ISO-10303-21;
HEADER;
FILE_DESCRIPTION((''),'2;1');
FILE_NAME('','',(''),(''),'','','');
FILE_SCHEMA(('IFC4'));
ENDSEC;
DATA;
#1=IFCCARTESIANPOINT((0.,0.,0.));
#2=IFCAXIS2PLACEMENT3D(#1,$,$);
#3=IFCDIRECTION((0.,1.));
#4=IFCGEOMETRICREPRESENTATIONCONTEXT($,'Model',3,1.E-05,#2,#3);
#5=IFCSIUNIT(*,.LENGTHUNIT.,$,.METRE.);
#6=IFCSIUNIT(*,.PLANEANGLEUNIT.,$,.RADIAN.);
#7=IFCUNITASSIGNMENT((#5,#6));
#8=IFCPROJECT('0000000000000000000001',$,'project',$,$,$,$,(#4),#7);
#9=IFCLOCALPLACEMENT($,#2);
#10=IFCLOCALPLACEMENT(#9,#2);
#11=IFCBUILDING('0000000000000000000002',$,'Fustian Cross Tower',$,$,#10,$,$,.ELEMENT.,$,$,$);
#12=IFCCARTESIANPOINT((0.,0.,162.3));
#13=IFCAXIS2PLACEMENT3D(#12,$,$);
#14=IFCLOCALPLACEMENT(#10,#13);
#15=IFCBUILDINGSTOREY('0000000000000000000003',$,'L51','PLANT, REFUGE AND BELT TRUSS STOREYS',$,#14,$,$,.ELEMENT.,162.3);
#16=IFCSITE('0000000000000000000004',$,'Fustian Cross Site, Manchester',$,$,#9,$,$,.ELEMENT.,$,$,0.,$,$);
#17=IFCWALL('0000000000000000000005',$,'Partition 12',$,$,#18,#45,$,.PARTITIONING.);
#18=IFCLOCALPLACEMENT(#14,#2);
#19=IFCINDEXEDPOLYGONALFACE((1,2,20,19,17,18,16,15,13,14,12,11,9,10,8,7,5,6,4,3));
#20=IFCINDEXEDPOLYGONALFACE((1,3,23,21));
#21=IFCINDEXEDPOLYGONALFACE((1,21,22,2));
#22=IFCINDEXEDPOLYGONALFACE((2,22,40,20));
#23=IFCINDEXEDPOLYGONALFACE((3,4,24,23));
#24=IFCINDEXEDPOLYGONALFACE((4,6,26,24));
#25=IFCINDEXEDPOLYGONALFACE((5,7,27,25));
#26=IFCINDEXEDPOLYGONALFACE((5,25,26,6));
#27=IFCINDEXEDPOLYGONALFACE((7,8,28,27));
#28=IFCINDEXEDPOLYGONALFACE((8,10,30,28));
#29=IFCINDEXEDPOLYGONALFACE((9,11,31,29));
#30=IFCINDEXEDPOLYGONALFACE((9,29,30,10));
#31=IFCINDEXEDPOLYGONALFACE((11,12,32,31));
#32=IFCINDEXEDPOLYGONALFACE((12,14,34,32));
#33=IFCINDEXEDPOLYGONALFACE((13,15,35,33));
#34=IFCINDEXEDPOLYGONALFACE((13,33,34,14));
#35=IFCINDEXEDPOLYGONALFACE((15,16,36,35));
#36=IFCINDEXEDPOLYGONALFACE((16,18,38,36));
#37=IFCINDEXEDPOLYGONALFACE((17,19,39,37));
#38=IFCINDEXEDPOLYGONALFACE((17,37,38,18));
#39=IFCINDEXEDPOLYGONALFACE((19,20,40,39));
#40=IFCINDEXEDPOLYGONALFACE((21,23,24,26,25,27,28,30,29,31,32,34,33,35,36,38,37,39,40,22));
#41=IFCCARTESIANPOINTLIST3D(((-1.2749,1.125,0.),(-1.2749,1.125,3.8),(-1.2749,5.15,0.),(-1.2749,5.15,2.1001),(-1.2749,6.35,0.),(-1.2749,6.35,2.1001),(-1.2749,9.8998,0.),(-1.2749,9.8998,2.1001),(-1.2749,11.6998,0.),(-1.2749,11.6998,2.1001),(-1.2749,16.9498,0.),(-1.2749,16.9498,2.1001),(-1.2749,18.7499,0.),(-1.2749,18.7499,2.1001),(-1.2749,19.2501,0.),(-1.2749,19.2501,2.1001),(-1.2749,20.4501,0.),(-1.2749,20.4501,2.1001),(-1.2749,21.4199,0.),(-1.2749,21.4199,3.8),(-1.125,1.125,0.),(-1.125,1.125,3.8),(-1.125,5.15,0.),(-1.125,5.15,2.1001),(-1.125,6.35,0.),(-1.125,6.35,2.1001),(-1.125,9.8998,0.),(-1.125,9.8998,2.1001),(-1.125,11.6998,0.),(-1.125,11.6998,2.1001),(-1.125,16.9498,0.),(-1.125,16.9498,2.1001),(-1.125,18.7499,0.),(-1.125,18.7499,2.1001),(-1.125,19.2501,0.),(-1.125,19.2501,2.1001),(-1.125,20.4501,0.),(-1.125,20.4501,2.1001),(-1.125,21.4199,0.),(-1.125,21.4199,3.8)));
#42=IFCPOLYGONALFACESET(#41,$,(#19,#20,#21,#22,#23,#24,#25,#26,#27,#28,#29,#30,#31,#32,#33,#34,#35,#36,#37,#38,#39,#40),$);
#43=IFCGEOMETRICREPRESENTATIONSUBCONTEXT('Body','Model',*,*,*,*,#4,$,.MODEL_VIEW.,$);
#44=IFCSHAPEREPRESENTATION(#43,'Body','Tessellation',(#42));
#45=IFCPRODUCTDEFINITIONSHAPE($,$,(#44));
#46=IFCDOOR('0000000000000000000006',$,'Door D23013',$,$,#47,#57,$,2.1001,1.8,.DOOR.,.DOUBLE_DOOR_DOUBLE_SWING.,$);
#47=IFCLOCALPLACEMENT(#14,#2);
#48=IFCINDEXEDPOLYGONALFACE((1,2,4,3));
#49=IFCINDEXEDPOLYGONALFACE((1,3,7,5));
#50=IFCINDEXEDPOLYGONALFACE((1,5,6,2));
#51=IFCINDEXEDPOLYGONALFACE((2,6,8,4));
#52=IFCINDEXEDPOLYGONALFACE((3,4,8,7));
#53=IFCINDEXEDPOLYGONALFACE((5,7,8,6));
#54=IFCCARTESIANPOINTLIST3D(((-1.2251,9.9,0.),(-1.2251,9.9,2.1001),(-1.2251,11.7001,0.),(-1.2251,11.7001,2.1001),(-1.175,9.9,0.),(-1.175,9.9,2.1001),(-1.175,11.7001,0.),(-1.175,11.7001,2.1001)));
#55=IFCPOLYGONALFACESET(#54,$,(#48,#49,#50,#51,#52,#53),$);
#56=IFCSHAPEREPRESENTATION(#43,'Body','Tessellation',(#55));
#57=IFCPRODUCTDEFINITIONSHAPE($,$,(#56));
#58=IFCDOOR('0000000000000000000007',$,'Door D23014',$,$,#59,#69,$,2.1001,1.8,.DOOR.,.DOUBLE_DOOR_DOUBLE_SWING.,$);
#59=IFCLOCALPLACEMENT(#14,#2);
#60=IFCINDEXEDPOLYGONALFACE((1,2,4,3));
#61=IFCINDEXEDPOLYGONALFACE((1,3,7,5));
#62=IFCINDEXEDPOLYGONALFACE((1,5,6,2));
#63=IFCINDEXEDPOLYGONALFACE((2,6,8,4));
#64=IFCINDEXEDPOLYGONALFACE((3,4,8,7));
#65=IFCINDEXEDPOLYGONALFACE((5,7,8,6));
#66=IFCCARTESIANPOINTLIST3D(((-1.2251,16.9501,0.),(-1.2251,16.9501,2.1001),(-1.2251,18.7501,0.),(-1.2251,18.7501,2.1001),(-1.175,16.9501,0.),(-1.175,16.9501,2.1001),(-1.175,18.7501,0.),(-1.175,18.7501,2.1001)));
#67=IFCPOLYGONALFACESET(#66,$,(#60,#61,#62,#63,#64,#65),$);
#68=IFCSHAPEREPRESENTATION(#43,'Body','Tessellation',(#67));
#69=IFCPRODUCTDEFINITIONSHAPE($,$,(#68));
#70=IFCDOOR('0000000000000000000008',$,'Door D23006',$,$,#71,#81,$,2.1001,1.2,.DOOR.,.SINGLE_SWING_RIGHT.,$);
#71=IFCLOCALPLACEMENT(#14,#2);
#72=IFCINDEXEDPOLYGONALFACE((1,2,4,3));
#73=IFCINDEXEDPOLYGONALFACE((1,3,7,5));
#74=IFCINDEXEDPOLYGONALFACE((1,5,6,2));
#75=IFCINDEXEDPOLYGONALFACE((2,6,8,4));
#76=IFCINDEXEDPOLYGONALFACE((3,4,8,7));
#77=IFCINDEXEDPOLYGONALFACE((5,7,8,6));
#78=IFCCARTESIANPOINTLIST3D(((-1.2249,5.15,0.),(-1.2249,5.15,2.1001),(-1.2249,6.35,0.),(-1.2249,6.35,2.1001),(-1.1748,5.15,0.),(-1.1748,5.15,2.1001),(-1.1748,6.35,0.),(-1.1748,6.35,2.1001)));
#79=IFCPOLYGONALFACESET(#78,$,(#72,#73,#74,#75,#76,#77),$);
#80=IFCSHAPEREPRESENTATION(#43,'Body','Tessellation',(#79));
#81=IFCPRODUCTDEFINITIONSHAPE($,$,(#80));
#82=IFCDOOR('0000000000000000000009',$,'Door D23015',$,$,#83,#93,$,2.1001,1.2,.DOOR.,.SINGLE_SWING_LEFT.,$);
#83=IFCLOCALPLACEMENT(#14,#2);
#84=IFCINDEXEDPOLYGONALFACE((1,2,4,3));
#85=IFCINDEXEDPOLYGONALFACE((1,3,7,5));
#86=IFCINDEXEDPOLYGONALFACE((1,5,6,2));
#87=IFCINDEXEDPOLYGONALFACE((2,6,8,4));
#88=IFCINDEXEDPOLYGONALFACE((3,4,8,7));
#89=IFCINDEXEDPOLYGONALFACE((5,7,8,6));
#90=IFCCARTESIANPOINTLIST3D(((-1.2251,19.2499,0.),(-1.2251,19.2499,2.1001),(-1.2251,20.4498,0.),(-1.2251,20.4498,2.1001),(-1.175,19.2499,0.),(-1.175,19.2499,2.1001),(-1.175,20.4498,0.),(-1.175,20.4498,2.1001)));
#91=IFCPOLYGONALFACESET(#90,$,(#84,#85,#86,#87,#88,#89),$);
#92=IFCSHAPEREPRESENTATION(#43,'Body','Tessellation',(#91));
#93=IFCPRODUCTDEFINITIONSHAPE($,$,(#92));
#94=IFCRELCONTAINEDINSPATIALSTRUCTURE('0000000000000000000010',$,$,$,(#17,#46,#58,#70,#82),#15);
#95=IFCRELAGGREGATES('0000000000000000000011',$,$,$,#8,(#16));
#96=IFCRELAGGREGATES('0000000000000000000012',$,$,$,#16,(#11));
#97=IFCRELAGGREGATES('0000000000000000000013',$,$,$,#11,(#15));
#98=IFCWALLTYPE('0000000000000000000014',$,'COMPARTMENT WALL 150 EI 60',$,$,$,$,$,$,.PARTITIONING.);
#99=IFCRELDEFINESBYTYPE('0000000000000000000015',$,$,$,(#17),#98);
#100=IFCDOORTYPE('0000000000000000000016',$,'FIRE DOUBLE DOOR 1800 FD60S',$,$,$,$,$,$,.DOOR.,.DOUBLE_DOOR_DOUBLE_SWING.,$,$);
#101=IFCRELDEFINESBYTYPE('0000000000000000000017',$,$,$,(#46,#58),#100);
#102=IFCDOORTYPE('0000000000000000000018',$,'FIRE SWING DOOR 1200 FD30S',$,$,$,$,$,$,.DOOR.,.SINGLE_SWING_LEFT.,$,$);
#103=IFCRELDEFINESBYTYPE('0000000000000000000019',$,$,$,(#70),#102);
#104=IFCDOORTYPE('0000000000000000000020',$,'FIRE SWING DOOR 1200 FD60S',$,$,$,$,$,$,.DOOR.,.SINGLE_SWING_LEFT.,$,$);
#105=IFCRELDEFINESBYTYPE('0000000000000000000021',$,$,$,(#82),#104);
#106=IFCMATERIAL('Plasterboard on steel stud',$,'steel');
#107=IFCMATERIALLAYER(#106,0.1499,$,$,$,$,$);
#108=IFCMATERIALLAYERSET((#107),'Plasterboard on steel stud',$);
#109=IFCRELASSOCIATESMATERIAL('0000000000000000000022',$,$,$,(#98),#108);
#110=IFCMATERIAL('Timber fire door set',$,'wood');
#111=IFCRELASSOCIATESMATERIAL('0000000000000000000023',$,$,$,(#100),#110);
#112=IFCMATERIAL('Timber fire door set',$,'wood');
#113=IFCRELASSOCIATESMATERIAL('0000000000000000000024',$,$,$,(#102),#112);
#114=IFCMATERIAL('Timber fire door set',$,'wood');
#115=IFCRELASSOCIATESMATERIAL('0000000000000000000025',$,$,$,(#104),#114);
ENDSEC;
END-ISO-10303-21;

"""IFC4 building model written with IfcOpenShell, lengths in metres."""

from ifc_helpers import new_model, si_unit, direction, frame, frame_2d, origin, place, context, subcontext, project, spatial, rectangle, extrude, material, layer, layer_set, type_object, element, fill, save


model = new_model("IFC4")

# Units and contexts
model_context = context("Model", 3, precision=1e-05, world=origin(), true_north=direction((0.0, 1.0)))
body_context = subcontext(model_context, "Body", "Model", "MODEL_VIEW")
ifc_project = project(units=[si_unit("LENGTHUNIT", "METRE"), si_unit("PLANEANGLEUNIT", "RADIAN")], contexts=[model_context])

# Site, building, storey
site_placement = place(None, origin())
site = spatial("IfcSite", under=ifc_project, at=site_placement, Name="Fustian Cross Site, Manchester", CompositionType="ELEMENT", RefElevation=0.0)
building_placement = place(site_placement, origin())
building = spatial("IfcBuilding", under=site, at=building_placement, Name="Fustian Cross Tower", CompositionType="ELEMENT")
storey_placement = place(building_placement, frame((0.0, 0.0, 162.3)))
storey = spatial("IfcBuildingStorey", under=building, at=storey_placement, Name="L51", Description="PLANT, REFUGE AND BELT TRUSS STOREYS", CompositionType="ELEMENT", Elevation=162.3)

# Wall, openings, doors
ifc_material_1 = material(Name="Plasterboard on steel stud", Category="steel")
ifc_layer_1 = layer(ifc_material_1, 0.1499)
ifc_layer_set_1 = layer_set([ifc_layer_1], Name="Plasterboard on steel stud")
wall_type_1 = type_object("IfcWallType", Name="COMPARTMENT WALL 150 EI 60", PredefinedType="PARTITIONING", material=ifc_layer_set_1)
wall_1_placement = place(storey_placement, frame((-1.2, 1.125, 0.0), z_axis=(0.0, 0.0, 1.0), x_axis=(0.0, 1.0, 0.0)))
wall_1 = element("IfcWall", 1, at=wall_1_placement, inside=storey, type_object=wall_type_1, Name="Partition 12", PredefinedType="PARTITIONING", context=body_context, shape_type="SweptSolid", body=[
    extrude(rectangle(XDim=20.2949, YDim=0.1499, at=frame_2d((10.1475, 0.0))), origin(), (0.0, 0.0, 1.0), 3.8),
])
opening_1_placement = place(wall_1_placement, frame((4.0249, 0.0, 0.0)))
opening_1 = element("IfcOpeningElement", 2, at=opening_1_placement, cuts=wall_1, PredefinedType="OPENING", context=body_context, shape_type="SweptSolid", body=[
    extrude(rectangle(XDim=1.2, YDim=2.1001, at=frame_2d((0.6001, 1.05))), frame((0.0, 0.085, 0.0), z_axis=(0.0, -1.0, 0.0), x_axis=(1.0, 0.0, 0.0)), (0.0, 0.0, 1.0), 0.1699),
])
opening_2_placement = place(wall_1_placement, frame((8.7749, 0.0, 0.0)))
opening_2 = element("IfcOpeningElement", 3, at=opening_2_placement, cuts=wall_1, PredefinedType="OPENING", context=body_context, shape_type="SweptSolid", body=[
    extrude(rectangle(XDim=1.8, YDim=2.1001, at=frame_2d((0.8999, 1.05))), frame((0.0, 0.085, 0.0), z_axis=(0.0, -1.0, 0.0), x_axis=(1.0, 0.0, 0.0)), (0.0, 0.0, 1.0), 0.1699),
])
opening_3_placement = place(wall_1_placement, frame((15.825, 0.0, 0.0)))
opening_3 = element("IfcOpeningElement", 4, at=opening_3_placement, cuts=wall_1, PredefinedType="OPENING", context=body_context, shape_type="SweptSolid", body=[
    extrude(rectangle(XDim=1.8, YDim=2.1001, at=frame_2d((0.8999, 1.05))), frame((0.0, 0.085, 0.0), z_axis=(0.0, -1.0, 0.0), x_axis=(1.0, 0.0, 0.0)), (0.0, 0.0, 1.0), 0.1699),
])
opening_4_placement = place(wall_1_placement, frame((18.125, 0.0, 0.0)))
opening_4 = element("IfcOpeningElement", 5, at=opening_4_placement, cuts=wall_1, PredefinedType="OPENING", context=body_context, shape_type="SweptSolid", body=[
    extrude(rectangle(XDim=1.2, YDim=2.1001, at=frame_2d((0.6001, 1.05))), frame((0.0, 0.085, 0.0), z_axis=(0.0, -1.0, 0.0), x_axis=(1.0, 0.0, 0.0)), (0.0, 0.0, 1.0), 0.1699),
])
ifc_material_2 = material(Name="Timber fire door set", Category="wood")
door_type_1 = type_object("IfcDoorType", Name="FIRE DOUBLE DOOR 1800 FD60S", OperationType="DOUBLE_DOOR_DOUBLE_SWING", PredefinedType="DOOR", material=ifc_material_2)
door_1_placement = place(opening_2_placement, frame((1.8, 0.0, 0.0), z_axis=(0.0, 0.0, 1.0), x_axis=(-1.0, 0.0, 0.0)))
door_1 = element("IfcDoor", 6, at=door_1_placement, inside=storey, type_object=door_type_1, Name="Door D23013", OperationType="DOUBLE_DOOR_DOUBLE_SWING", OverallHeight=2.1001, OverallWidth=1.8, PredefinedType="DOOR", context=body_context, shape_type="SweptSolid", body=[
    extrude(rectangle(XDim=1.8, YDim=2.1001, at=frame_2d((0.8999, 1.05))), frame((0.0, 0.0249, 0.0), z_axis=(0.0, -1.0, 0.0), x_axis=(1.0, 0.0, 0.0)), (0.0, 0.0, 1.0), 0.05),
])
fill(opening_2, door_1)
door_2_placement = place(opening_3_placement, frame((1.8, 0.0, 0.0), z_axis=(0.0, 0.0, 1.0), x_axis=(-1.0, 0.0, 0.0)))
door_2 = element("IfcDoor", 7, at=door_2_placement, inside=storey, type_object=door_type_1, Name="Door D23014", OperationType="DOUBLE_DOOR_DOUBLE_SWING", OverallHeight=2.1001, OverallWidth=1.8, PredefinedType="DOOR", context=body_context, shape_type="SweptSolid", body=[
    extrude(rectangle(XDim=1.8, YDim=2.1001, at=frame_2d((0.8999, 1.05))), frame((0.0, 0.0249, 0.0), z_axis=(0.0, -1.0, 0.0), x_axis=(1.0, 0.0, 0.0)), (0.0, 0.0, 1.0), 0.05),
])
fill(opening_3, door_2)
ifc_material_3 = material(Name="Timber fire door set", Category="wood")
door_type_2 = type_object("IfcDoorType", Name="FIRE SWING DOOR 1200 FD30S", OperationType="SINGLE_SWING_LEFT", PredefinedType="DOOR", material=ifc_material_3)
door_3_placement = place(opening_1_placement, origin())
door_3 = element("IfcDoor", 8, at=door_3_placement, inside=storey, type_object=door_type_2, Name="Door D23006", OperationType="SINGLE_SWING_RIGHT", OverallHeight=2.1001, OverallWidth=1.2, PredefinedType="DOOR", context=body_context, shape_type="SweptSolid", body=[
    extrude(rectangle(XDim=1.2, YDim=2.1001, at=frame_2d((0.6001, 1.05))), frame((0.0, 0.0249, 0.0), z_axis=(0.0, -1.0, 0.0), x_axis=(1.0, 0.0, 0.0)), (0.0, 0.0, 1.0), 0.05),
])
fill(opening_1, door_3)
ifc_material_4 = material(Name="Timber fire door set", Category="wood")
door_type_3 = type_object("IfcDoorType", Name="FIRE SWING DOOR 1200 FD60S", OperationType="SINGLE_SWING_LEFT", PredefinedType="DOOR", material=ifc_material_4)
door_4_placement = place(opening_4_placement, frame((1.2, 0.0, 0.0), z_axis=(0.0, 0.0, 1.0), x_axis=(-1.0, 0.0, 0.0)))
door_4 = element("IfcDoor", 9, at=door_4_placement, inside=storey, type_object=door_type_3, Name="Door D23015", OperationType="SINGLE_SWING_LEFT", OverallHeight=2.1001, OverallWidth=1.2, PredefinedType="DOOR", context=body_context, shape_type="SweptSolid", body=[
    extrude(rectangle(XDim=1.2, YDim=2.1001, at=frame_2d((0.6001, 1.05))), frame((0.0, 0.0249, 0.0), z_axis=(0.0, -1.0, 0.0), x_axis=(1.0, 0.0, 0.0)), (0.0, 0.0, 1.0), 0.05),
])
fill(opening_4, door_4)

save(model, "model.ifc")
